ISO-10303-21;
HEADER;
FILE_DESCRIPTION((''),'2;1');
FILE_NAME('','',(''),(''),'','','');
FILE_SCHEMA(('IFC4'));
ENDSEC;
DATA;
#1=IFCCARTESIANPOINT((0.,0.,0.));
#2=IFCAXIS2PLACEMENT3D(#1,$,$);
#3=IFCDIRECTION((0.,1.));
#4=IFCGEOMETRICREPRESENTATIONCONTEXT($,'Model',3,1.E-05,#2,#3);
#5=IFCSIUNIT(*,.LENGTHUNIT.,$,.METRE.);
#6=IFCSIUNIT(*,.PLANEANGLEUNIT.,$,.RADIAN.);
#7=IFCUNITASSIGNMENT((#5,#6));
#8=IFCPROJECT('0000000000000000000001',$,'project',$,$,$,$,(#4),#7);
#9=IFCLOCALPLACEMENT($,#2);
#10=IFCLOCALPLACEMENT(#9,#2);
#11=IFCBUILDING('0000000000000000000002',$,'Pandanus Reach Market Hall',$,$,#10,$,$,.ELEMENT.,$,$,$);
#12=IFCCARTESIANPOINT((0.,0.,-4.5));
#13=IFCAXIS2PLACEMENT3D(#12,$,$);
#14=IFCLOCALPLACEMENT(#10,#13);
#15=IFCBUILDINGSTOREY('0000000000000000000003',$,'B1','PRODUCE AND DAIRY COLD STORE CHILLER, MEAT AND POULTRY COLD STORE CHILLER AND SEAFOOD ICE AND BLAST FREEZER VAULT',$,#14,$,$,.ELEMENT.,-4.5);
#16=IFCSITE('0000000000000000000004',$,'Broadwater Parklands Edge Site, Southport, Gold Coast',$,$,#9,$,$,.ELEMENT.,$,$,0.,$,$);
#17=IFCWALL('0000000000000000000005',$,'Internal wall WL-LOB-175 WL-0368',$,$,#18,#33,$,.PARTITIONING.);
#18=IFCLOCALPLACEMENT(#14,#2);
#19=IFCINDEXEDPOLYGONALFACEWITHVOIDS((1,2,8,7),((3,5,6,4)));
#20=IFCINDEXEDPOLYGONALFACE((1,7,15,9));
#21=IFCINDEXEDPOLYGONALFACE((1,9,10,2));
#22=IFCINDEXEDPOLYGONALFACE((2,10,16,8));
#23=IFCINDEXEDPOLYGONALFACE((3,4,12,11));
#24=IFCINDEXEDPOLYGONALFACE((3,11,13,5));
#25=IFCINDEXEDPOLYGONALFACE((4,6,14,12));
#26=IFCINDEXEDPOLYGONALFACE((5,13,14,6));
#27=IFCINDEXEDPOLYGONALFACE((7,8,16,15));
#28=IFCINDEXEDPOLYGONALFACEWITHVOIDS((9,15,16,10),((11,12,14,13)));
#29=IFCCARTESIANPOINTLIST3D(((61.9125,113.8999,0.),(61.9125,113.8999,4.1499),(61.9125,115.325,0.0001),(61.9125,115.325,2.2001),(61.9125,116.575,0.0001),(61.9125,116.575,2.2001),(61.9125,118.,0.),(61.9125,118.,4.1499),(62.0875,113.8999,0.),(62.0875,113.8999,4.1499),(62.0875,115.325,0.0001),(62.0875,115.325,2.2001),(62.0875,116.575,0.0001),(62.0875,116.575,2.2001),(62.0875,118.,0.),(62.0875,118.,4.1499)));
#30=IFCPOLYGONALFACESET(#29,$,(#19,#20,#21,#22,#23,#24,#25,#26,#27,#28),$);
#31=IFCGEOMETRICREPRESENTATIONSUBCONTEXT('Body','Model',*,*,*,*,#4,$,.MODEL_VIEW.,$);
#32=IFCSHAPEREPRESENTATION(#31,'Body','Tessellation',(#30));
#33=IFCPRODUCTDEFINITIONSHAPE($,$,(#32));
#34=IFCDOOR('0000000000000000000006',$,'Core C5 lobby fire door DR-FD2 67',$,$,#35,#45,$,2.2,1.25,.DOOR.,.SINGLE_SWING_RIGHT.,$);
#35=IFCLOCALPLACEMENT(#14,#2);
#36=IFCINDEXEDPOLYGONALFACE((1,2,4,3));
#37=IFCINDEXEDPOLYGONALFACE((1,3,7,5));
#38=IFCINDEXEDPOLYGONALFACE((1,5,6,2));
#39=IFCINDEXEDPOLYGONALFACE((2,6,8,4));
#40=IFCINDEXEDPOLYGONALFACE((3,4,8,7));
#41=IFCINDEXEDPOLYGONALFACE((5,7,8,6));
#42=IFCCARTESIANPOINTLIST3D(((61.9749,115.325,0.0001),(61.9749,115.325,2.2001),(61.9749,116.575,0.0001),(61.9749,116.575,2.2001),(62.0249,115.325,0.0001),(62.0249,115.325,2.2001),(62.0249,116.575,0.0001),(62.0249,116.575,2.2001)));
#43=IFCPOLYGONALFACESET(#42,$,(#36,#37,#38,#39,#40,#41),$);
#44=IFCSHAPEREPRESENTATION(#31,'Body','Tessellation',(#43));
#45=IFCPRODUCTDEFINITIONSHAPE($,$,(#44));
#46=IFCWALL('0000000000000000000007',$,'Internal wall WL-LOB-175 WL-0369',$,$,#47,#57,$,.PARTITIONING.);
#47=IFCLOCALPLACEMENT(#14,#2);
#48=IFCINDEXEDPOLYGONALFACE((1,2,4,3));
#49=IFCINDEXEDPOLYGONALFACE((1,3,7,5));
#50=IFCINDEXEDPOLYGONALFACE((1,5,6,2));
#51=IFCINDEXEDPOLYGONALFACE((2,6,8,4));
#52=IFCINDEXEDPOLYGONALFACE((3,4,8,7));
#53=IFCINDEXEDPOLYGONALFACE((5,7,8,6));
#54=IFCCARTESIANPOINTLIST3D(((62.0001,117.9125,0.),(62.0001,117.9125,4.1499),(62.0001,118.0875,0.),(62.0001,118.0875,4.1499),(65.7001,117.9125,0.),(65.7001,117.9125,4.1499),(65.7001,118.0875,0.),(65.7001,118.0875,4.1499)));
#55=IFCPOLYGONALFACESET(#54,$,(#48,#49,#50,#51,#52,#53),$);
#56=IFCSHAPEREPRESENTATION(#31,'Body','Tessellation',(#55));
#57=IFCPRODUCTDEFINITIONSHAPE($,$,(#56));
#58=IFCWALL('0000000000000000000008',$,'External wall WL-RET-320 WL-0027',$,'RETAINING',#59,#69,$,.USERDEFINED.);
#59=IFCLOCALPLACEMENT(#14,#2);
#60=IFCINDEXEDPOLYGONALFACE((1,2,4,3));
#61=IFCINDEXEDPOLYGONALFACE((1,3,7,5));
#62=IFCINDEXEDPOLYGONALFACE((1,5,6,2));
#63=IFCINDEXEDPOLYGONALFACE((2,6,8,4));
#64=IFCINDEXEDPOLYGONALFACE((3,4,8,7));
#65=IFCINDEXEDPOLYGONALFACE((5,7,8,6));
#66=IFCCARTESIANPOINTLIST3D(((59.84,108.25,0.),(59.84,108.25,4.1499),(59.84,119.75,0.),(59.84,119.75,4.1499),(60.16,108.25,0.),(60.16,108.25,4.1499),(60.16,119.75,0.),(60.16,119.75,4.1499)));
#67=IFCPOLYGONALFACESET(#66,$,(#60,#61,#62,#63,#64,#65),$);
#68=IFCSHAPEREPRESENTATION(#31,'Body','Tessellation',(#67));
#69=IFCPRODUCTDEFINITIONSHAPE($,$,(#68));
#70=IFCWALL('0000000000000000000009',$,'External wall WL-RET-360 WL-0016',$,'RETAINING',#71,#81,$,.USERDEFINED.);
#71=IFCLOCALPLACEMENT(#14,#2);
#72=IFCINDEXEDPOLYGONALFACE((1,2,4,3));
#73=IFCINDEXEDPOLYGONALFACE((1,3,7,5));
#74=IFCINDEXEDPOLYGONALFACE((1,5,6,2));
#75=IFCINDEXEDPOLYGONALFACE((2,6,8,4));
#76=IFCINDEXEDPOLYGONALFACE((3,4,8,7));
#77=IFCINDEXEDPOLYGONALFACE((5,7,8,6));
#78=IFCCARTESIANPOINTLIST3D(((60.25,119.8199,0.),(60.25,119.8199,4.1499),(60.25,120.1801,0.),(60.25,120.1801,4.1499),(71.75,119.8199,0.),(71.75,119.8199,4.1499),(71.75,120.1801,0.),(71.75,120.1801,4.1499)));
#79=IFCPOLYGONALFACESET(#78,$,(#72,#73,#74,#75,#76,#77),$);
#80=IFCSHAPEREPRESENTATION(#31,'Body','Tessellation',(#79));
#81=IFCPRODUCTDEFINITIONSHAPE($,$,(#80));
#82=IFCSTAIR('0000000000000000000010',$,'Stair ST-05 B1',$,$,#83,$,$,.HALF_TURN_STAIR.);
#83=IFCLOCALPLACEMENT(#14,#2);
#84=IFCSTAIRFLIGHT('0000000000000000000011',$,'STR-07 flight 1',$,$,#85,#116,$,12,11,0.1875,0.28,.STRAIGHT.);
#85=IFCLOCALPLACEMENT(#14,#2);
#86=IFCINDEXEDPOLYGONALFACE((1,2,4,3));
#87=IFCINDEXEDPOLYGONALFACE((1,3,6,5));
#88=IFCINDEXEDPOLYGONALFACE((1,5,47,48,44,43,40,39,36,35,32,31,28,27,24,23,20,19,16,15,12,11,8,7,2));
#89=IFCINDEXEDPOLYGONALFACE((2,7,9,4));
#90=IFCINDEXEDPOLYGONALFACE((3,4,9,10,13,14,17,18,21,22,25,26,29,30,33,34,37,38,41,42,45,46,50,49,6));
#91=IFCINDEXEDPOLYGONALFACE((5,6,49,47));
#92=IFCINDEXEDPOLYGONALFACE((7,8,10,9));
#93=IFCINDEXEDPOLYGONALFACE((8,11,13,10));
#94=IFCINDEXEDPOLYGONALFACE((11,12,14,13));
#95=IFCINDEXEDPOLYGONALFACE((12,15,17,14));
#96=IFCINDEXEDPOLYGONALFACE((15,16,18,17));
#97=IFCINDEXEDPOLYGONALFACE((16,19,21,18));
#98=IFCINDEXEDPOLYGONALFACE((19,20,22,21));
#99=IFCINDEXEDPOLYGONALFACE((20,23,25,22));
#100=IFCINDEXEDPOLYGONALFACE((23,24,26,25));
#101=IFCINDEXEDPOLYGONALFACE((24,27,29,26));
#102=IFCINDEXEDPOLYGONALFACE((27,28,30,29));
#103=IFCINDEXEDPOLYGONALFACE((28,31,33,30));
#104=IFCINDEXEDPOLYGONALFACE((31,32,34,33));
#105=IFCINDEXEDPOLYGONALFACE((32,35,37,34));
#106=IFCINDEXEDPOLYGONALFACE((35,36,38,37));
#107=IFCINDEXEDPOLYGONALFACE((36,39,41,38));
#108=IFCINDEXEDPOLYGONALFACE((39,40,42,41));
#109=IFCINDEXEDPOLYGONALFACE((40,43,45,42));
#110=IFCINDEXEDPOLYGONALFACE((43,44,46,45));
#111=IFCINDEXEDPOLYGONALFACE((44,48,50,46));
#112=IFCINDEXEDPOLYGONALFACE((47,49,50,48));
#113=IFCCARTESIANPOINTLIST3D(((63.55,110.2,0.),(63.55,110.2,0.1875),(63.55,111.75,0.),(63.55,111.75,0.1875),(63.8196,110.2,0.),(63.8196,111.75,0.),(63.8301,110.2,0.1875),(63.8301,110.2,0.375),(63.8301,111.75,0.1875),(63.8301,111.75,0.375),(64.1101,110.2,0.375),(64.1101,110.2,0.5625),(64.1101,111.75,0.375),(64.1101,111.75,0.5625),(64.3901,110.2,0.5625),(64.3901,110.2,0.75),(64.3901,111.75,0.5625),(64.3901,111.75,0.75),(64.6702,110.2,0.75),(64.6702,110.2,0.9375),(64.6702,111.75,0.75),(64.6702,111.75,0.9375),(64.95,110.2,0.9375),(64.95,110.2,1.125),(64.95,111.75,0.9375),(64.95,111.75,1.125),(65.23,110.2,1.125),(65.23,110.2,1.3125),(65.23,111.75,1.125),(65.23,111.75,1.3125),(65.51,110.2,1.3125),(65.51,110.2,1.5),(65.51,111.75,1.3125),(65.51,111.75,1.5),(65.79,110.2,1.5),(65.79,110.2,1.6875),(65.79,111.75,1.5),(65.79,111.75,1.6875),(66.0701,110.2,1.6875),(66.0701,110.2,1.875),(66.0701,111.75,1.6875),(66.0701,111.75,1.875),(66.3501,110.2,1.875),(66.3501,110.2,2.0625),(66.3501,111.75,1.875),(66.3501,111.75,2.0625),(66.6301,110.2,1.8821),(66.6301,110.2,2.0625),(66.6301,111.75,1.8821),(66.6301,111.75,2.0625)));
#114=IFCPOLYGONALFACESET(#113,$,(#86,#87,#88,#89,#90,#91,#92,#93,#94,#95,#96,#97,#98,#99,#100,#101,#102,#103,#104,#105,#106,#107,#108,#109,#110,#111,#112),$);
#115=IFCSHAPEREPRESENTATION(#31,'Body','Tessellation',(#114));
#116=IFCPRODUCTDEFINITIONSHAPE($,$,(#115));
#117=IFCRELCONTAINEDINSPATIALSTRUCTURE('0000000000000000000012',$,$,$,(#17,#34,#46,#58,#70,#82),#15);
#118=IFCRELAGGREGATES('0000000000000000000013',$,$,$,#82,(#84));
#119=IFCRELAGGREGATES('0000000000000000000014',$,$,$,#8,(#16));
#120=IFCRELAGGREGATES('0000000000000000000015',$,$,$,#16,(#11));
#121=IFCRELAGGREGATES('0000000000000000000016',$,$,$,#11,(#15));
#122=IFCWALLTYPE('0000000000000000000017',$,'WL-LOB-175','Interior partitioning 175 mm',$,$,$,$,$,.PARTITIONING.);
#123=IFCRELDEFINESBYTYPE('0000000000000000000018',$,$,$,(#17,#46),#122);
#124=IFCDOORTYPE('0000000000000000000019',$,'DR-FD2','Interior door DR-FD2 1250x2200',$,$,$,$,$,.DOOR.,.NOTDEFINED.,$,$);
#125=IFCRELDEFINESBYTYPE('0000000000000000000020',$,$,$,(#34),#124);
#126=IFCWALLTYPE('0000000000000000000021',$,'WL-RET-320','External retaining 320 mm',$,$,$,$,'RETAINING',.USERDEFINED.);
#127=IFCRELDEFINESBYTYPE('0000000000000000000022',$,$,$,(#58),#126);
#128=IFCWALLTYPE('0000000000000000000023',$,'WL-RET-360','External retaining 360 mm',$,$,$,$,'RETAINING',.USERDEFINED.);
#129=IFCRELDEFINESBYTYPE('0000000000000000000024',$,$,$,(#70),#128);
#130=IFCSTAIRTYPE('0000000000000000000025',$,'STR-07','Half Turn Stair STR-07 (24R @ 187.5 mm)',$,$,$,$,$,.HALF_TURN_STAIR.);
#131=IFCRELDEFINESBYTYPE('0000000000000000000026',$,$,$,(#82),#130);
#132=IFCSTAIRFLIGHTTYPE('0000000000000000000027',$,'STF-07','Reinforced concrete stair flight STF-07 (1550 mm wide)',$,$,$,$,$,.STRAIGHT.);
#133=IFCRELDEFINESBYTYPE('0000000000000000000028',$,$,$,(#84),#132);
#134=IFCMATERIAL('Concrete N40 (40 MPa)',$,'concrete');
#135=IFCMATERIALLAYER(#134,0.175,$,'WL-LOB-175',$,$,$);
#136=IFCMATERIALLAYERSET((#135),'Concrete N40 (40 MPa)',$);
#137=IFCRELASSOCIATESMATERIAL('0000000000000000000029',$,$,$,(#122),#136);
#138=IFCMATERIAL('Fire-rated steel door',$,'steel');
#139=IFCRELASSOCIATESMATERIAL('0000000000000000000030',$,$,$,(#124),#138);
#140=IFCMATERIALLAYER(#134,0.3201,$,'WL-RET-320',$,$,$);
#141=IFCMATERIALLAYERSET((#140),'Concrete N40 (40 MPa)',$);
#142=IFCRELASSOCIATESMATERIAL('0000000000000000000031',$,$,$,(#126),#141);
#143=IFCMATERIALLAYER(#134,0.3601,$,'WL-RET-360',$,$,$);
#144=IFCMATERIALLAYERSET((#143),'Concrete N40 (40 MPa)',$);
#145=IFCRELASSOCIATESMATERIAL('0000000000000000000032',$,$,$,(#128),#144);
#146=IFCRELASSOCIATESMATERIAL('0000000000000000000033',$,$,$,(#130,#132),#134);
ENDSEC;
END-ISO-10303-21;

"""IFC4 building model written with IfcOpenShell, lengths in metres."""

from ifc_helpers import new_model, si_unit, direction, frame, frame_2d, origin, place, context, subcontext, project, spatial, polyline, rectangle, outline, extrude, material, layer, layer_set, type_object, element, fill, aggregate, save


model = new_model("IFC4")

# Units and contexts
model_context = context("Model", 3, precision=1e-05, world=origin(), true_north=direction((0.0, 1.0)))
body_context = subcontext(model_context, "Body", "Model", "MODEL_VIEW")
ifc_project = project(units=[si_unit("LENGTHUNIT", "METRE"), si_unit("PLANEANGLEUNIT", "RADIAN")], contexts=[model_context])

# Site, building, storey
site_placement = place(None, origin())
site = spatial("IfcSite", under=ifc_project, at=site_placement, Name="Broadwater Parklands Edge Site, Southport, Gold Coast", CompositionType="ELEMENT", RefElevation=0.0)
building_placement = place(site_placement, origin())
building = spatial("IfcBuilding", under=site, at=building_placement, Name="Pandanus Reach Market Hall", CompositionType="ELEMENT")
storey_placement = place(building_placement, frame((0.0, 0.0, -4.5)))
storey = spatial("IfcBuildingStorey", under=building, at=storey_placement, Name="B1", Description="PRODUCE AND DAIRY COLD STORE CHILLER, MEAT AND POULTRY COLD STORE CHILLER AND SEAFOOD ICE AND BLAST FREEZER VAULT", CompositionType="ELEMENT", Elevation=-4.5)

# Shared definitions
ifc_material_1 = material(Name="Concrete N40 (40 MPa)", Category="concrete")

# Shared definitions
ifc_material_2 = material(Name="Fire-rated steel door", Category="steel")

# Wall, opening, door
ifc_layer_1 = layer(ifc_material_1, 0.175, Name="WL-LOB-175")
ifc_layer_set_1 = layer_set([ifc_layer_1], Name="Concrete N40 (40 MPa)")
wall_type_1 = type_object("IfcWallType", Name="WL-LOB-175", Description="Interior partitioning 175 mm", PredefinedType="PARTITIONING", material=ifc_layer_set_1)
wall_1_placement = place(storey_placement, frame((62.0, 113.8999, 0.0), z_axis=(0.0, 0.0, 1.0), x_axis=(0.0, 1.0, 0.0)))
wall_1 = element("IfcWall", 1, at=wall_1_placement, inside=storey, type_object=wall_type_1, Name="Internal wall WL-LOB-175 WL-0368", PredefinedType="PARTITIONING", context=body_context, shape_type="SweptSolid", body=[
    extrude(rectangle(XDim=4.1001, YDim=0.175, at=frame_2d((2.05, 0.0))), origin(), (0.0, 0.0, 1.0), 4.1499),
])
opening_1_placement = place(wall_1_placement, frame((1.425, 0.0, 0.0)))
opening_1 = element("IfcOpeningElement", 2, at=opening_1_placement, cuts=wall_1, PredefinedType="OPENING", context=body_context, shape_type="SweptSolid", body=[
    extrude(rectangle(XDim=1.25, YDim=2.2, at=frame_2d((0.625, 1.1001))), frame((0.0, 0.1025, 0.0), z_axis=(0.0, -1.0, 0.0), x_axis=(1.0, 0.0, 0.0)), (0.0, 0.0, 1.0), 0.2051),
])
door_type_1 = type_object("IfcDoorType", Name="DR-FD2", Description="Interior door DR-FD2 1250x2200", OperationType="NOTDEFINED", PredefinedType="DOOR", material=ifc_material_2)
door_1_placement = place(opening_1_placement, frame((1.25, 0.0, 0.0), z_axis=(0.0, 0.0, 1.0), x_axis=(-1.0, 0.0, 0.0)))
door_1 = element("IfcDoor", 3, at=door_1_placement, inside=storey, type_object=door_type_1, Name="Core C5 lobby fire door DR-FD2 67", OperationType="SINGLE_SWING_RIGHT", OverallHeight=2.2, OverallWidth=1.25, PredefinedType="DOOR", context=body_context, shape_type="SweptSolid", body=[
    extrude(rectangle(XDim=1.25, YDim=2.2, at=frame_2d((0.625, 1.1001))), frame((0.0, 0.0249, 0.0), z_axis=(0.0, -1.0, 0.0), x_axis=(1.0, 0.0, 0.0)), (0.0, 0.0, 1.0), 0.05),
])
fill(opening_1, door_1)

# Walls
wall_2_placement = place(storey_placement, frame((62.0, 118.0, 0.0), z_axis=(0.0, 0.0, 1.0), x_axis=(1.0, 0.0, 0.0)))
element("IfcWall", 4, at=wall_2_placement, inside=storey, type_object=wall_type_1, Name="Internal wall WL-LOB-175 WL-0369", PredefinedType="PARTITIONING", context=body_context, shape_type="SweptSolid", body=[
    extrude(rectangle(XDim=3.7, YDim=0.175, at=frame_2d((1.8501, 0.0))), origin(), (0.0, 0.0, 1.0), 4.1499),
])
ifc_layer_2 = layer(ifc_material_1, 0.3201, Name="WL-RET-320")
ifc_layer_set_2 = layer_set([ifc_layer_2], Name="Concrete N40 (40 MPa)")
wall_type_2 = type_object("IfcWallType", Name="WL-RET-320", Description="External retaining 320 mm", ElementType="RETAINING", PredefinedType="USERDEFINED", material=ifc_layer_set_2)
wall_3_placement = place(storey_placement, frame((60.0, 108.25, 0.0), z_axis=(0.0, 0.0, 1.0), x_axis=(0.0, 1.0, 0.0)))
element("IfcWall", 5, at=wall_3_placement, inside=storey, type_object=wall_type_2, Name="External wall WL-RET-320 WL-0027", ObjectType="RETAINING", PredefinedType="USERDEFINED", context=body_context, shape_type="SweptSolid", body=[
    extrude(rectangle(XDim=11.5, YDim=0.3201, at=frame_2d((5.75, 0.0))), origin(), (0.0, 0.0, 1.0), 4.1499),
])
ifc_layer_3 = layer(ifc_material_1, 0.3601, Name="WL-RET-360")
ifc_layer_set_3 = layer_set([ifc_layer_3], Name="Concrete N40 (40 MPa)")
wall_type_3 = type_object("IfcWallType", Name="WL-RET-360", Description="External retaining 360 mm", ElementType="RETAINING", PredefinedType="USERDEFINED", material=ifc_layer_set_3)
wall_4_placement = place(storey_placement, frame((60.25, 120.0, 0.0), z_axis=(0.0, 0.0, 1.0), x_axis=(1.0, 0.0, 0.0)))
element("IfcWall", 6, at=wall_4_placement, inside=storey, type_object=wall_type_3, Name="External wall WL-RET-360 WL-0016", ObjectType="RETAINING", PredefinedType="USERDEFINED", context=body_context, shape_type="SweptSolid", body=[
    extrude(rectangle(XDim=11.5, YDim=0.3601, at=frame_2d((5.75, 0.0))), origin(), (0.0, 0.0, 1.0), 4.1499),
])

# Stair, stair flight
stair_type = type_object("IfcStairType", Name="STR-07", Description="Half Turn Stair STR-07 (24R @ 187.5 mm)", PredefinedType="HALF_TURN_STAIR", material=ifc_material_1)
stair_placement = place(storey_placement, origin())
stair = element("IfcStair", 7, at=stair_placement, inside=storey, type_object=stair_type, Name="Stair ST-05 B1", PredefinedType="HALF_TURN_STAIR")
stair_flight_type = type_object("IfcStairFlightType", Name="STF-07", Description="Reinforced concrete stair flight STF-07 (1550 mm wide)", PredefinedType="STRAIGHT", material=ifc_material_1)
stair_flight_placement = place(storey_placement, frame((63.55, 110.9751, 0.0), z_axis=(0.0, 0.0, 1.0), x_axis=(1.0, 0.0, 0.0)))
stair_flight = element("IfcStairFlight", 8, at=stair_flight_placement, type_object=stair_flight_type, Name="STR-07 flight 1", NumberOfRisers=12, NumberOfTreads=11, PredefinedType="STRAIGHT", RiserHeight=0.1875, TreadLength=0.28, context=body_context, shape_type="SweptSolid", body=[
    extrude(outline(polyline([(0.0, 0.0), (0.0, 0.1875), (0.28, 0.1875), (0.28, 0.375), (0.5601, 0.375), (0.5601, 0.5625), (0.8401, 0.5625), (0.8401, 0.75), (1.1201, 0.75), (1.1201, 0.9375), (1.3999, 0.9375), (1.3999, 1.125), (1.6799, 1.125), (1.6799, 1.3125), (1.96, 1.3125), (1.96, 1.5), (2.24, 1.5), (2.24, 1.6875), (2.52, 1.6875), (2.52, 1.875), (2.8, 1.875), (2.8, 2.0625), (3.0801, 2.0625), (3.0801, 2.25), (3.0801, 1.8821), (0.2695, 0.0), (0.0, 0.0)])), frame((0.0, 0.7749, 0.0), z_axis=(0.0, -1.0, 0.0), x_axis=(1.0, 0.0, 0.0)), (0.0, 0.0, 1.0), 1.55),
])
aggregate(stair, [stair_flight])

save(model, "model.ifc")
